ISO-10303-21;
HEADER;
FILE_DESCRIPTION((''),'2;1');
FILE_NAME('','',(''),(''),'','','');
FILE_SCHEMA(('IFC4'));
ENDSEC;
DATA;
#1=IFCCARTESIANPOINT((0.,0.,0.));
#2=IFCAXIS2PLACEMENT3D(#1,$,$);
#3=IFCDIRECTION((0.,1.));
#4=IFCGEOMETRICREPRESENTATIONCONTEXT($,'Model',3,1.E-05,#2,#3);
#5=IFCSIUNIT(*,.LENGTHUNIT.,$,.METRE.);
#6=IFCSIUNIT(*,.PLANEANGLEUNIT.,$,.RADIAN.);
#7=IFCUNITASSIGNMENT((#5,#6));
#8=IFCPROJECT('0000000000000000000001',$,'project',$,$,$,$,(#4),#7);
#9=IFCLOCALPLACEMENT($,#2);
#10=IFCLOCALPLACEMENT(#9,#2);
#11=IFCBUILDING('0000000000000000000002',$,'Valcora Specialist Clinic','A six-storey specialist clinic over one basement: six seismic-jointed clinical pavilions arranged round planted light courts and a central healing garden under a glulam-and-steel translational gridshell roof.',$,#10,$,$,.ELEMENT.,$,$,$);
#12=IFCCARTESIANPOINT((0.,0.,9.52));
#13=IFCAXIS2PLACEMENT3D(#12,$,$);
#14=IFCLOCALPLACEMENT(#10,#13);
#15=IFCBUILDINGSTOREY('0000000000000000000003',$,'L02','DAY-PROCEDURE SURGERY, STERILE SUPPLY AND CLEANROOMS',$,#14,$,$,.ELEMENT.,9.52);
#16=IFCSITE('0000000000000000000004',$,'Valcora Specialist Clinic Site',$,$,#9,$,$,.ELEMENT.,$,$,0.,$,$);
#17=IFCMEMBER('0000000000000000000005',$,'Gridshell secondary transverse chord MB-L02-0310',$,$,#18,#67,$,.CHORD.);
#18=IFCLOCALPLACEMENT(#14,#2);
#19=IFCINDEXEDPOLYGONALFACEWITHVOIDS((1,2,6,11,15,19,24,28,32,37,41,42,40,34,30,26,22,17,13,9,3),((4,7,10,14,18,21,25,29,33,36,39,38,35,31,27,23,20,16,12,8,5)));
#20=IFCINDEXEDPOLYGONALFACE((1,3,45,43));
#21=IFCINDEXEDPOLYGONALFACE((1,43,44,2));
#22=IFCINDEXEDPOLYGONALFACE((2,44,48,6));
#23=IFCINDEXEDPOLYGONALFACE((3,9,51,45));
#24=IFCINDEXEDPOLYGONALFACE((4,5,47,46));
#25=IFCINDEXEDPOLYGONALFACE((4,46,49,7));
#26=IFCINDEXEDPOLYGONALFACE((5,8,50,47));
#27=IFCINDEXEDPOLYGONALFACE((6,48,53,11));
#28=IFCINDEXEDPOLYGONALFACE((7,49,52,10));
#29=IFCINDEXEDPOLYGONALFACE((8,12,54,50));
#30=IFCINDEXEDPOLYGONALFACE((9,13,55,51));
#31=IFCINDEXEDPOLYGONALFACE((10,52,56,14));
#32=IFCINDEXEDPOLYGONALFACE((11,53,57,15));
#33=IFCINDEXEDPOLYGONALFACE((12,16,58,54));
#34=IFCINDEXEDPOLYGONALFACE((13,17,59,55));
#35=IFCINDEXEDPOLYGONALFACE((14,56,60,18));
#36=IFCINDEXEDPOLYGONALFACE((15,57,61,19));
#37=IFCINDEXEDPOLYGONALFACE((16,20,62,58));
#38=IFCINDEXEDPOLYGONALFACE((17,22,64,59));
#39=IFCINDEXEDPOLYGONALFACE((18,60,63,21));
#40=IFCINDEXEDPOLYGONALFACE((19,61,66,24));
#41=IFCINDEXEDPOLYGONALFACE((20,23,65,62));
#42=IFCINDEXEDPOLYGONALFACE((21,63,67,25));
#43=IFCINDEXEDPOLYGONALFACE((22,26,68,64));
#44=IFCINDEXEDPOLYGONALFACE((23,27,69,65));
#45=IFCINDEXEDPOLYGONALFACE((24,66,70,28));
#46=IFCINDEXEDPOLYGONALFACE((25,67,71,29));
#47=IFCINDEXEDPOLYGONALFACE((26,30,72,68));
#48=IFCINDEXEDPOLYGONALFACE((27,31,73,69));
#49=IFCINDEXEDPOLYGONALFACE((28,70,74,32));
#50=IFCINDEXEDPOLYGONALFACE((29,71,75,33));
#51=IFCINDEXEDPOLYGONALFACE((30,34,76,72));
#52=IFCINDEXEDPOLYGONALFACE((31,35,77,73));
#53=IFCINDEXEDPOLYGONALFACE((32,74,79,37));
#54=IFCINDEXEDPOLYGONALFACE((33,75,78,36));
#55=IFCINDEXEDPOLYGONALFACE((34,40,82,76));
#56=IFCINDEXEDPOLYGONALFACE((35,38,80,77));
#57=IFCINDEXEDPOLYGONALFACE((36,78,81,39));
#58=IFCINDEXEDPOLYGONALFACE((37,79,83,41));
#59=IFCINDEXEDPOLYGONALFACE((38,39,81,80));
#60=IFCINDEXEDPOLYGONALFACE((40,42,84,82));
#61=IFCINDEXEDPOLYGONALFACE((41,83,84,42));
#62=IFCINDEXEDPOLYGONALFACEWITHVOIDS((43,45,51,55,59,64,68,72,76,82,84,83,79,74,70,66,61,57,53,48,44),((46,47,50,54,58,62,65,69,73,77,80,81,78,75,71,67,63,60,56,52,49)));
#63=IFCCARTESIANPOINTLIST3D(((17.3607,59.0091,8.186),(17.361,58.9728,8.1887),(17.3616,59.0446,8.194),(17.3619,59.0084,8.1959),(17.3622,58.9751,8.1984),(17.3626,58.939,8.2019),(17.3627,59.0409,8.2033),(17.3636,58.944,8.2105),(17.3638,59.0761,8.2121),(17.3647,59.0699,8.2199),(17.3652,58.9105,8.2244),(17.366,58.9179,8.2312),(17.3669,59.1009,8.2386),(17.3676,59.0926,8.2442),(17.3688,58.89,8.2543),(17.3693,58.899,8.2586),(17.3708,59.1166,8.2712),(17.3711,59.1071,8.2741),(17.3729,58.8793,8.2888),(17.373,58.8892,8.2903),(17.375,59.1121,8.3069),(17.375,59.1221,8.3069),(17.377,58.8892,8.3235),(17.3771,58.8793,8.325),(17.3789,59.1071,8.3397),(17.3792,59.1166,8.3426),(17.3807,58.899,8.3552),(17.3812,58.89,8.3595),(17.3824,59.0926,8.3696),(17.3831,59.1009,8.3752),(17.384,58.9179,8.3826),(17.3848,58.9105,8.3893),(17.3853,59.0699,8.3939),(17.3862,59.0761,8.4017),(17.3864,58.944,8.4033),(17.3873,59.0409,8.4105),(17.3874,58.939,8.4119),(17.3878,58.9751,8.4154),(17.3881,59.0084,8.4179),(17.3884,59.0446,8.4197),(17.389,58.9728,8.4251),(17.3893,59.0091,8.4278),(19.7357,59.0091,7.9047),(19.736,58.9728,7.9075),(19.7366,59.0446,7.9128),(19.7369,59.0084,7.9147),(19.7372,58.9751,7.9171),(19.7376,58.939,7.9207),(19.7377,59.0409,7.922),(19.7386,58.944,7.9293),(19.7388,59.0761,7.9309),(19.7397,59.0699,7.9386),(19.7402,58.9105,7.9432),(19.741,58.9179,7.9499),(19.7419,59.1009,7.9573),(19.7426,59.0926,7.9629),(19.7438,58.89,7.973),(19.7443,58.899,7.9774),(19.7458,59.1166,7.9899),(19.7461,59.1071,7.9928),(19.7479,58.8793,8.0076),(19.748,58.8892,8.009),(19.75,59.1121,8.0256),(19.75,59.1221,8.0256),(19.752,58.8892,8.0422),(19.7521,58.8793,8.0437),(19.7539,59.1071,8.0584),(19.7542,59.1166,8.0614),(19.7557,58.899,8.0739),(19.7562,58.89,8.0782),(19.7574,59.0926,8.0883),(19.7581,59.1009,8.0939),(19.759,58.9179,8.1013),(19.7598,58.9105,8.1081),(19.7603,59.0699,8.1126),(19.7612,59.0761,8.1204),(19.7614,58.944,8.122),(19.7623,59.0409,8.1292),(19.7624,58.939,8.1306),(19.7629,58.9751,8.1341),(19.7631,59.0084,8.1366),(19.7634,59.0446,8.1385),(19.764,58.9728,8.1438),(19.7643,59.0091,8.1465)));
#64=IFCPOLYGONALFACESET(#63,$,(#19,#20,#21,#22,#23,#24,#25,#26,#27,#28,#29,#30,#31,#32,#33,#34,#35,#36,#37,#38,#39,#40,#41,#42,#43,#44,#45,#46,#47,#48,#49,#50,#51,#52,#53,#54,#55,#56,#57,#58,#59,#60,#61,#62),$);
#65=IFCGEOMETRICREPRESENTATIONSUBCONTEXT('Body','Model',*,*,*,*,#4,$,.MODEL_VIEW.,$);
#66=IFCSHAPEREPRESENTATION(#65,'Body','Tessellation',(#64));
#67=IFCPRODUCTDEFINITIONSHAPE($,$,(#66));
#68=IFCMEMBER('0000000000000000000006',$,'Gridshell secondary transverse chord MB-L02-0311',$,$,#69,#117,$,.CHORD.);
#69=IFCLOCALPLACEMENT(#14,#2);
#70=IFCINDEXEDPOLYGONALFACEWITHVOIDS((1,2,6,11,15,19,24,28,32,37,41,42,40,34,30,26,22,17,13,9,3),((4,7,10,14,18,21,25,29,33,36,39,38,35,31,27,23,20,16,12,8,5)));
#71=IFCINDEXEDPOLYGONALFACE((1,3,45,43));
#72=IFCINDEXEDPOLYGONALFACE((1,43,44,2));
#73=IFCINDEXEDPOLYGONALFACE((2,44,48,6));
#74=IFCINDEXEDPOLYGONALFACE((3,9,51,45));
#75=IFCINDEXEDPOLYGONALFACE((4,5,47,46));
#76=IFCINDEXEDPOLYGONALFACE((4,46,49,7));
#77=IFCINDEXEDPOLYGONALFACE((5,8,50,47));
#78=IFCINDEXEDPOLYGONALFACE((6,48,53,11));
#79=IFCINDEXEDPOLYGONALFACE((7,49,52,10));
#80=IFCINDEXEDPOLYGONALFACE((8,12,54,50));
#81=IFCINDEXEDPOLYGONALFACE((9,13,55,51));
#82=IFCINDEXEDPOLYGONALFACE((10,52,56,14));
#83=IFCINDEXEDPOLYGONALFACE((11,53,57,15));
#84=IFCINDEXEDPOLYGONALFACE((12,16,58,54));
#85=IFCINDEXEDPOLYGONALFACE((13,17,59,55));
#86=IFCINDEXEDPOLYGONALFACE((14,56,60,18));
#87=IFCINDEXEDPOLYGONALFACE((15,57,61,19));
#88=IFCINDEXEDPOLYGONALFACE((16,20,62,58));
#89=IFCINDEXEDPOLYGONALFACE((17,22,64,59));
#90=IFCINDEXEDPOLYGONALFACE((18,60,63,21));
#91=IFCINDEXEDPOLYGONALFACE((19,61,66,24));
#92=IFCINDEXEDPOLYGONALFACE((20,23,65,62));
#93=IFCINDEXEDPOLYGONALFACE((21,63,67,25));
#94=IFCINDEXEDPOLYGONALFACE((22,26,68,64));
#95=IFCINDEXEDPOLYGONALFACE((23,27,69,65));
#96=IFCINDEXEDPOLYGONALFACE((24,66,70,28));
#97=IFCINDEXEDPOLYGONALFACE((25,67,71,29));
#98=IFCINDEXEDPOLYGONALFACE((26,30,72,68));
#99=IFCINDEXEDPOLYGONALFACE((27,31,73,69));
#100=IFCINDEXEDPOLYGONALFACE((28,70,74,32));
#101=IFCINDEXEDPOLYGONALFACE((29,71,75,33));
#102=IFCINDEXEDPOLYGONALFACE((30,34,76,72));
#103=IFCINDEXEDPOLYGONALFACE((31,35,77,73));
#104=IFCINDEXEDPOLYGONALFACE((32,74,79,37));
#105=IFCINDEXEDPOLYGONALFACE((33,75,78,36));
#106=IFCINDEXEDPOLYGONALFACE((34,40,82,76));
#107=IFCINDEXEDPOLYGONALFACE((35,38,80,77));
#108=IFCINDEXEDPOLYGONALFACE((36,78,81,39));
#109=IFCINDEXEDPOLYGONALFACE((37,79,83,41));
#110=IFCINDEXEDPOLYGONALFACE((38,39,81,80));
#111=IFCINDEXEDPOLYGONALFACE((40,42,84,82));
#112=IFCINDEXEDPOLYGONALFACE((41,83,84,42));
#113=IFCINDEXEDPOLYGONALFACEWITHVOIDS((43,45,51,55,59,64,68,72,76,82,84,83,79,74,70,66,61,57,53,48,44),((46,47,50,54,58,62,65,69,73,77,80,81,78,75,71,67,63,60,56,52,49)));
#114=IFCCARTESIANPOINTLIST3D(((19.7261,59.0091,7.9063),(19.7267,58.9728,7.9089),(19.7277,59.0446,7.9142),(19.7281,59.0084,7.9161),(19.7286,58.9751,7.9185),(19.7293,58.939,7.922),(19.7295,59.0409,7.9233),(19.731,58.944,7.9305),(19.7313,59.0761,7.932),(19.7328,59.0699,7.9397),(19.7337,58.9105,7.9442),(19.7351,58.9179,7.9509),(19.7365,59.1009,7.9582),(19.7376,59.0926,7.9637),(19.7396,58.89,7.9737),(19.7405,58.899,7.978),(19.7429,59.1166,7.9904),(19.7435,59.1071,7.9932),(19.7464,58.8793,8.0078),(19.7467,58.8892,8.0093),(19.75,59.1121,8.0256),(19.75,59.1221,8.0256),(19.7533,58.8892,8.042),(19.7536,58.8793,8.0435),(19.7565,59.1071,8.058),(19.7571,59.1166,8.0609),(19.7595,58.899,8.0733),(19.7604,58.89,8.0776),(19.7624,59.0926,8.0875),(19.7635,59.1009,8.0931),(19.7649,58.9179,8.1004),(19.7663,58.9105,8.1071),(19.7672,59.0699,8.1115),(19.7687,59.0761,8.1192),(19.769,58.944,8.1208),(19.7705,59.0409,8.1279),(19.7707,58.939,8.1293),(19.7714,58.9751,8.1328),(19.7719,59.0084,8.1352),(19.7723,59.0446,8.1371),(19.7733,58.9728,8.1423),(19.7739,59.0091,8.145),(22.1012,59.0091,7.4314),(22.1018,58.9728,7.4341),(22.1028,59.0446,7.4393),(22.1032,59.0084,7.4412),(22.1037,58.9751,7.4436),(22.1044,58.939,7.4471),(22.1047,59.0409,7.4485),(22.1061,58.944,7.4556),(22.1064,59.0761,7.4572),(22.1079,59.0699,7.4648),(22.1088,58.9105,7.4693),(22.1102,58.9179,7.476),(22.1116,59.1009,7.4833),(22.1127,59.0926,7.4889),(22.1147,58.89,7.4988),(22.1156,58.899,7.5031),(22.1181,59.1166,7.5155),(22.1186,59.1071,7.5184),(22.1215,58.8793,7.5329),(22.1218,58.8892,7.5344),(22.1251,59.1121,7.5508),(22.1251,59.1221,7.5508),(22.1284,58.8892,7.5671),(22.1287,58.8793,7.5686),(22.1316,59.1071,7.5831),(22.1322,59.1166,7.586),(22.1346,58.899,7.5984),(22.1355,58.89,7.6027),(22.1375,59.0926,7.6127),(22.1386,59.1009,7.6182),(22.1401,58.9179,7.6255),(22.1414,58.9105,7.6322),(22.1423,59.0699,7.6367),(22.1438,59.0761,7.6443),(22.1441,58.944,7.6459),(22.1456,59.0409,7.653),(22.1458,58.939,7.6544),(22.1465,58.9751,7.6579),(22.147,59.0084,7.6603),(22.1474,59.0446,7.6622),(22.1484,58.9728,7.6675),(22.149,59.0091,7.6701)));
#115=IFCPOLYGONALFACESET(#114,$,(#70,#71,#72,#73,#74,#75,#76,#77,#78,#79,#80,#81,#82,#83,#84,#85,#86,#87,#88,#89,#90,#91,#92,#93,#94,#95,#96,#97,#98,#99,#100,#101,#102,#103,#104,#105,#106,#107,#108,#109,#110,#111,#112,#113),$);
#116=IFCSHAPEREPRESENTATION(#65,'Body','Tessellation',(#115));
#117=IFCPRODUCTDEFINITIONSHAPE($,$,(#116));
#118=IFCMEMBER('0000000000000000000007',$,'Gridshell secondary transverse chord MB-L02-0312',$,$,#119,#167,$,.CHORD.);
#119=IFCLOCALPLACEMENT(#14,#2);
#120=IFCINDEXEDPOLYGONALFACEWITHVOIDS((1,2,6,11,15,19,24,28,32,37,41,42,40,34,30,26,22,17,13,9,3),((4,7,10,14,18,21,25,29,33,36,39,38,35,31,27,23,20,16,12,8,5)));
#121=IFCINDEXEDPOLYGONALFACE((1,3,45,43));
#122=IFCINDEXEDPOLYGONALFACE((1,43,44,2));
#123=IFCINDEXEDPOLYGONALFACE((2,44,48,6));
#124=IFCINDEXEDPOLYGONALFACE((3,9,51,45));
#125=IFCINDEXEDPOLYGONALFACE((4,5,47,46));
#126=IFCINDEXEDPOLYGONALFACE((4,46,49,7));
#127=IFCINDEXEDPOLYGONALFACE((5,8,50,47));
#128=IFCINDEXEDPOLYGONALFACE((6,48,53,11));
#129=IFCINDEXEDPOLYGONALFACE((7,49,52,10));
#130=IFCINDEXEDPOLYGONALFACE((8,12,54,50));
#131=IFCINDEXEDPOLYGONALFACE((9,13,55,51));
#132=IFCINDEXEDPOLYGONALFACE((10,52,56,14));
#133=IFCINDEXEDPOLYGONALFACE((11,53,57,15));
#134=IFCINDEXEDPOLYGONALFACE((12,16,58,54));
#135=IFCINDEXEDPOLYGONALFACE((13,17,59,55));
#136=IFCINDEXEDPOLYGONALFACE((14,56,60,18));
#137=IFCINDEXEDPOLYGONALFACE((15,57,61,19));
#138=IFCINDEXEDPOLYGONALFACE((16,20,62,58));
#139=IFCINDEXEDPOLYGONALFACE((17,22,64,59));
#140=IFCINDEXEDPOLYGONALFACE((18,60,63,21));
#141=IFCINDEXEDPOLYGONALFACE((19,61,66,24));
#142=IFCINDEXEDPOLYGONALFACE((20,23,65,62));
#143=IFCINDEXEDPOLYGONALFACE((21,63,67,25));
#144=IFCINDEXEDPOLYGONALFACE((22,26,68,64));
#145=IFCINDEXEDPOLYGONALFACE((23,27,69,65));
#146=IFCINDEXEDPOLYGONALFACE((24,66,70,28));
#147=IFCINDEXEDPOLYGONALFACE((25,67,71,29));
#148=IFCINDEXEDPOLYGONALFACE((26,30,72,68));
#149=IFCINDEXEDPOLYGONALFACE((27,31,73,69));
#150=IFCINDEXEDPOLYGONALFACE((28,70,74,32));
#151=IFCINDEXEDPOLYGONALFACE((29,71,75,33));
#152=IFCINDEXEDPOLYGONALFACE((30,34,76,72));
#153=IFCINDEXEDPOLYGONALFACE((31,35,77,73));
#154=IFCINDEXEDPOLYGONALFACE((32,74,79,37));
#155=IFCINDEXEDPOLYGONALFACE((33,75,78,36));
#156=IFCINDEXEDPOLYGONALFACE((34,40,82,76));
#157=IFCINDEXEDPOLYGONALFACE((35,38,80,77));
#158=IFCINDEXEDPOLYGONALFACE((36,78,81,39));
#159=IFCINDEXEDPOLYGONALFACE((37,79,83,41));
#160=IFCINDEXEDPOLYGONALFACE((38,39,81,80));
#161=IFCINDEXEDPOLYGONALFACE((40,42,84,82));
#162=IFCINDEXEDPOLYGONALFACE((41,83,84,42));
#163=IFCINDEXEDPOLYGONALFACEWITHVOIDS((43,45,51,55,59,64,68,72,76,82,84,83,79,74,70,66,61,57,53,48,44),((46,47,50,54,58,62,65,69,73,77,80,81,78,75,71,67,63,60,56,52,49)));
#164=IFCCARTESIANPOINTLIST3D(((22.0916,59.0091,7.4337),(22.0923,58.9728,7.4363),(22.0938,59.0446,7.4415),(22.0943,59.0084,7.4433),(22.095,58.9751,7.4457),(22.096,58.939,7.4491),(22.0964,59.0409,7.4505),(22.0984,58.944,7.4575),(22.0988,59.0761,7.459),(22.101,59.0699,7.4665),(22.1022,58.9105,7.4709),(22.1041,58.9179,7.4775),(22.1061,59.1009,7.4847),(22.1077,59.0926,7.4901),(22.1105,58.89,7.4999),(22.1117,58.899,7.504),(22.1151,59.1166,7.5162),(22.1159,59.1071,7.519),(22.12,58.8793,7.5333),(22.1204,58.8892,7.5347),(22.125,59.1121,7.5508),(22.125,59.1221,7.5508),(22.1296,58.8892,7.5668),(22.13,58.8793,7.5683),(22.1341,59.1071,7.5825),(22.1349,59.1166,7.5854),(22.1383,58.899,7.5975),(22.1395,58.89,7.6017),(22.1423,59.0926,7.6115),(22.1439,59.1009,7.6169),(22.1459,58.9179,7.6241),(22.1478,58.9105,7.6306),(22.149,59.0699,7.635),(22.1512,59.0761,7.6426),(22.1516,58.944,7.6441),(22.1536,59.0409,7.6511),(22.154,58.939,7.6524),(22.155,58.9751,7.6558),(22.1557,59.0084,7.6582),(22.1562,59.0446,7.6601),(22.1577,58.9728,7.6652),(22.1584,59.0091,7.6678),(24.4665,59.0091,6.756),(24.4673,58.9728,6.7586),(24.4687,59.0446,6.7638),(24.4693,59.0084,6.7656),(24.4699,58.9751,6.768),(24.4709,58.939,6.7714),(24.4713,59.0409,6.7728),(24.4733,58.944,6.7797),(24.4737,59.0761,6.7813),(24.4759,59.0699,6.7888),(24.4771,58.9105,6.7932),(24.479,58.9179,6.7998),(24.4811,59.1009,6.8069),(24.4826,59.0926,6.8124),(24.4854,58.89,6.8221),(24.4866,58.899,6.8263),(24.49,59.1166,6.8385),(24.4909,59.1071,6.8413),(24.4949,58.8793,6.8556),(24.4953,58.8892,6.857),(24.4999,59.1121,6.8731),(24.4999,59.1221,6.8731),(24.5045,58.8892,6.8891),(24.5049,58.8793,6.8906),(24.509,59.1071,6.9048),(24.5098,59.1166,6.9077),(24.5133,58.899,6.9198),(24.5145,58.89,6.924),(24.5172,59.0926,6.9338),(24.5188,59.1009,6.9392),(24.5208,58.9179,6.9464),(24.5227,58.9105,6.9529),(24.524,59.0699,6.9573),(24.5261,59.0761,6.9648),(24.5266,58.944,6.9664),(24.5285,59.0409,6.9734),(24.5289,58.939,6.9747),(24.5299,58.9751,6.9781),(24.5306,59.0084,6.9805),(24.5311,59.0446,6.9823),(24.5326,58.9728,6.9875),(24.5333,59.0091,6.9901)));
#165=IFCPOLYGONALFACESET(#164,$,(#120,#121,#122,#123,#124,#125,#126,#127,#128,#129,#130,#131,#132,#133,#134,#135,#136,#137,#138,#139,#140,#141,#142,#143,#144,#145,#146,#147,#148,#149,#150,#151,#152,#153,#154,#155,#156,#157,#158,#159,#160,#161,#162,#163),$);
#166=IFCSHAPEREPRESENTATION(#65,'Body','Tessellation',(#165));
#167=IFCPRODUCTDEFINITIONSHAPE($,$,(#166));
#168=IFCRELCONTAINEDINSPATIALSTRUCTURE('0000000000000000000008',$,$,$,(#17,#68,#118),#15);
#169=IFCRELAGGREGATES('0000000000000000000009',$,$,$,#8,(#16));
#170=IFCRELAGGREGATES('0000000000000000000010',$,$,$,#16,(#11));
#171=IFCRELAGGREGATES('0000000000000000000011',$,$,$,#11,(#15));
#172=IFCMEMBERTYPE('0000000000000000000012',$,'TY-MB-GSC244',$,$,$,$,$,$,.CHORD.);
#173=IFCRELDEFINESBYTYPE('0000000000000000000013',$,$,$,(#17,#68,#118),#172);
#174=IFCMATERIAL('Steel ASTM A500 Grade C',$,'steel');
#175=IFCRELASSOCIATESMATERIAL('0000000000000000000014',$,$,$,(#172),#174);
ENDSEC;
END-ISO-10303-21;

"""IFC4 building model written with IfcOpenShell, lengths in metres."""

from ifc_helpers import new_model, si_unit, direction, frame, origin, origin_2d, place, context, subcontext, project, spatial, hollow_circle, extrude, material, material_profile, profile_set, type_object, element, save


model = new_model("IFC4")

# Units and contexts
model_context = context("Model", 3, precision=1e-05, world=origin(), true_north=direction((0.0, 1.0)))
body_context = subcontext(model_context, "Body", "Model", "MODEL_VIEW")
ifc_project = project(units=[si_unit("LENGTHUNIT", "METRE"), si_unit("PLANEANGLEUNIT", "RADIAN")], contexts=[model_context])

# Site, building, storey
site_placement = place(None, origin())
site = spatial("IfcSite", under=ifc_project, at=site_placement, Name="Valcora Specialist Clinic Site", CompositionType="ELEMENT", RefElevation=0.0)
building_placement = place(site_placement, origin())
building = spatial("IfcBuilding", under=site, at=building_placement, Name="Valcora Specialist Clinic", Description="A six-storey specialist clinic over one basement: six seismic-jointed clinical pavilions arranged round planted light courts and a central healing garden under a glulam-and-steel translational gridshell roof.", CompositionType="ELEMENT")
storey_placement = place(building_placement, frame((0.0, 0.0, 9.52)))
storey = spatial("IfcBuildingStorey", under=building, at=storey_placement, Name="L02", Description="DAY-PROCEDURE SURGERY, STERILE SUPPLY AND CLEANROOMS", CompositionType="ELEMENT", Elevation=9.52)

# Members
ifc_material_1 = material(Name="Steel ASTM A500 Grade C", Category="steel")
ifc_material_profile_1 = material_profile(ifc_material_1, hollow_circle(Radius=0.1221, WallThickness=0.01, at=origin_2d()), Name="ST-CHS-244X10")
ifc_profile_set_1 = profile_set([ifc_material_profile_1], Name="Steel ASTM A500 Grade C")
member_type_1 = type_object("IfcMemberType", Name="TY-MB-GSC244", PredefinedType="CHORD", material=ifc_profile_set_1)
member_1_placement = place(storey_placement, frame((17.375, 59.0, 8.3069), z_axis=(0.993061, 0.0, -0.117599), x_axis=(0.0, 1.0, 0.0)))
element("IfcMember", 1, at=member_1_placement, inside=storey, type_object=member_type_1, Name="Gridshell secondary transverse chord MB-L02-0310", PredefinedType="CHORD", context=body_context, shape_type="SweptSolid", body=[
    extrude(hollow_circle(Radius=0.1221, WallThickness=0.01, at=origin_2d()), origin(), (0.0, 0.0, 1.0), 2.3916),
])
member_2_placement = place(storey_placement, frame((19.75, 59.0, 8.0256), z_axis=(0.980592, 0.0, -0.196058), x_axis=(0.0, 1.0, 0.0)))
element("IfcMember", 2, at=member_2_placement, inside=storey, type_object=member_type_1, Name="Gridshell secondary transverse chord MB-L02-0311", PredefinedType="CHORD", context=body_context, shape_type="SweptSolid", body=[
    extrude(hollow_circle(Radius=0.1221, WallThickness=0.01, at=origin_2d()), origin(), (0.0, 0.0, 1.0), 2.4221),
])
member_3_placement = place(storey_placement, frame((22.125, 59.0, 7.5508), z_axis=(0.961613, 0.0, -0.274408), x_axis=(0.0, 1.0, 0.0)))
element("IfcMember", 3, at=member_3_placement, inside=storey, type_object=member_type_1, Name="Gridshell secondary transverse chord MB-L02-0312", PredefinedType="CHORD", context=body_context, shape_type="SweptSolid", body=[
    extrude(hollow_circle(Radius=0.1221, WallThickness=0.01, at=origin_2d()), origin(), (0.0, 0.0, 1.0), 2.4697),
])

save(model, "model.ifc")
